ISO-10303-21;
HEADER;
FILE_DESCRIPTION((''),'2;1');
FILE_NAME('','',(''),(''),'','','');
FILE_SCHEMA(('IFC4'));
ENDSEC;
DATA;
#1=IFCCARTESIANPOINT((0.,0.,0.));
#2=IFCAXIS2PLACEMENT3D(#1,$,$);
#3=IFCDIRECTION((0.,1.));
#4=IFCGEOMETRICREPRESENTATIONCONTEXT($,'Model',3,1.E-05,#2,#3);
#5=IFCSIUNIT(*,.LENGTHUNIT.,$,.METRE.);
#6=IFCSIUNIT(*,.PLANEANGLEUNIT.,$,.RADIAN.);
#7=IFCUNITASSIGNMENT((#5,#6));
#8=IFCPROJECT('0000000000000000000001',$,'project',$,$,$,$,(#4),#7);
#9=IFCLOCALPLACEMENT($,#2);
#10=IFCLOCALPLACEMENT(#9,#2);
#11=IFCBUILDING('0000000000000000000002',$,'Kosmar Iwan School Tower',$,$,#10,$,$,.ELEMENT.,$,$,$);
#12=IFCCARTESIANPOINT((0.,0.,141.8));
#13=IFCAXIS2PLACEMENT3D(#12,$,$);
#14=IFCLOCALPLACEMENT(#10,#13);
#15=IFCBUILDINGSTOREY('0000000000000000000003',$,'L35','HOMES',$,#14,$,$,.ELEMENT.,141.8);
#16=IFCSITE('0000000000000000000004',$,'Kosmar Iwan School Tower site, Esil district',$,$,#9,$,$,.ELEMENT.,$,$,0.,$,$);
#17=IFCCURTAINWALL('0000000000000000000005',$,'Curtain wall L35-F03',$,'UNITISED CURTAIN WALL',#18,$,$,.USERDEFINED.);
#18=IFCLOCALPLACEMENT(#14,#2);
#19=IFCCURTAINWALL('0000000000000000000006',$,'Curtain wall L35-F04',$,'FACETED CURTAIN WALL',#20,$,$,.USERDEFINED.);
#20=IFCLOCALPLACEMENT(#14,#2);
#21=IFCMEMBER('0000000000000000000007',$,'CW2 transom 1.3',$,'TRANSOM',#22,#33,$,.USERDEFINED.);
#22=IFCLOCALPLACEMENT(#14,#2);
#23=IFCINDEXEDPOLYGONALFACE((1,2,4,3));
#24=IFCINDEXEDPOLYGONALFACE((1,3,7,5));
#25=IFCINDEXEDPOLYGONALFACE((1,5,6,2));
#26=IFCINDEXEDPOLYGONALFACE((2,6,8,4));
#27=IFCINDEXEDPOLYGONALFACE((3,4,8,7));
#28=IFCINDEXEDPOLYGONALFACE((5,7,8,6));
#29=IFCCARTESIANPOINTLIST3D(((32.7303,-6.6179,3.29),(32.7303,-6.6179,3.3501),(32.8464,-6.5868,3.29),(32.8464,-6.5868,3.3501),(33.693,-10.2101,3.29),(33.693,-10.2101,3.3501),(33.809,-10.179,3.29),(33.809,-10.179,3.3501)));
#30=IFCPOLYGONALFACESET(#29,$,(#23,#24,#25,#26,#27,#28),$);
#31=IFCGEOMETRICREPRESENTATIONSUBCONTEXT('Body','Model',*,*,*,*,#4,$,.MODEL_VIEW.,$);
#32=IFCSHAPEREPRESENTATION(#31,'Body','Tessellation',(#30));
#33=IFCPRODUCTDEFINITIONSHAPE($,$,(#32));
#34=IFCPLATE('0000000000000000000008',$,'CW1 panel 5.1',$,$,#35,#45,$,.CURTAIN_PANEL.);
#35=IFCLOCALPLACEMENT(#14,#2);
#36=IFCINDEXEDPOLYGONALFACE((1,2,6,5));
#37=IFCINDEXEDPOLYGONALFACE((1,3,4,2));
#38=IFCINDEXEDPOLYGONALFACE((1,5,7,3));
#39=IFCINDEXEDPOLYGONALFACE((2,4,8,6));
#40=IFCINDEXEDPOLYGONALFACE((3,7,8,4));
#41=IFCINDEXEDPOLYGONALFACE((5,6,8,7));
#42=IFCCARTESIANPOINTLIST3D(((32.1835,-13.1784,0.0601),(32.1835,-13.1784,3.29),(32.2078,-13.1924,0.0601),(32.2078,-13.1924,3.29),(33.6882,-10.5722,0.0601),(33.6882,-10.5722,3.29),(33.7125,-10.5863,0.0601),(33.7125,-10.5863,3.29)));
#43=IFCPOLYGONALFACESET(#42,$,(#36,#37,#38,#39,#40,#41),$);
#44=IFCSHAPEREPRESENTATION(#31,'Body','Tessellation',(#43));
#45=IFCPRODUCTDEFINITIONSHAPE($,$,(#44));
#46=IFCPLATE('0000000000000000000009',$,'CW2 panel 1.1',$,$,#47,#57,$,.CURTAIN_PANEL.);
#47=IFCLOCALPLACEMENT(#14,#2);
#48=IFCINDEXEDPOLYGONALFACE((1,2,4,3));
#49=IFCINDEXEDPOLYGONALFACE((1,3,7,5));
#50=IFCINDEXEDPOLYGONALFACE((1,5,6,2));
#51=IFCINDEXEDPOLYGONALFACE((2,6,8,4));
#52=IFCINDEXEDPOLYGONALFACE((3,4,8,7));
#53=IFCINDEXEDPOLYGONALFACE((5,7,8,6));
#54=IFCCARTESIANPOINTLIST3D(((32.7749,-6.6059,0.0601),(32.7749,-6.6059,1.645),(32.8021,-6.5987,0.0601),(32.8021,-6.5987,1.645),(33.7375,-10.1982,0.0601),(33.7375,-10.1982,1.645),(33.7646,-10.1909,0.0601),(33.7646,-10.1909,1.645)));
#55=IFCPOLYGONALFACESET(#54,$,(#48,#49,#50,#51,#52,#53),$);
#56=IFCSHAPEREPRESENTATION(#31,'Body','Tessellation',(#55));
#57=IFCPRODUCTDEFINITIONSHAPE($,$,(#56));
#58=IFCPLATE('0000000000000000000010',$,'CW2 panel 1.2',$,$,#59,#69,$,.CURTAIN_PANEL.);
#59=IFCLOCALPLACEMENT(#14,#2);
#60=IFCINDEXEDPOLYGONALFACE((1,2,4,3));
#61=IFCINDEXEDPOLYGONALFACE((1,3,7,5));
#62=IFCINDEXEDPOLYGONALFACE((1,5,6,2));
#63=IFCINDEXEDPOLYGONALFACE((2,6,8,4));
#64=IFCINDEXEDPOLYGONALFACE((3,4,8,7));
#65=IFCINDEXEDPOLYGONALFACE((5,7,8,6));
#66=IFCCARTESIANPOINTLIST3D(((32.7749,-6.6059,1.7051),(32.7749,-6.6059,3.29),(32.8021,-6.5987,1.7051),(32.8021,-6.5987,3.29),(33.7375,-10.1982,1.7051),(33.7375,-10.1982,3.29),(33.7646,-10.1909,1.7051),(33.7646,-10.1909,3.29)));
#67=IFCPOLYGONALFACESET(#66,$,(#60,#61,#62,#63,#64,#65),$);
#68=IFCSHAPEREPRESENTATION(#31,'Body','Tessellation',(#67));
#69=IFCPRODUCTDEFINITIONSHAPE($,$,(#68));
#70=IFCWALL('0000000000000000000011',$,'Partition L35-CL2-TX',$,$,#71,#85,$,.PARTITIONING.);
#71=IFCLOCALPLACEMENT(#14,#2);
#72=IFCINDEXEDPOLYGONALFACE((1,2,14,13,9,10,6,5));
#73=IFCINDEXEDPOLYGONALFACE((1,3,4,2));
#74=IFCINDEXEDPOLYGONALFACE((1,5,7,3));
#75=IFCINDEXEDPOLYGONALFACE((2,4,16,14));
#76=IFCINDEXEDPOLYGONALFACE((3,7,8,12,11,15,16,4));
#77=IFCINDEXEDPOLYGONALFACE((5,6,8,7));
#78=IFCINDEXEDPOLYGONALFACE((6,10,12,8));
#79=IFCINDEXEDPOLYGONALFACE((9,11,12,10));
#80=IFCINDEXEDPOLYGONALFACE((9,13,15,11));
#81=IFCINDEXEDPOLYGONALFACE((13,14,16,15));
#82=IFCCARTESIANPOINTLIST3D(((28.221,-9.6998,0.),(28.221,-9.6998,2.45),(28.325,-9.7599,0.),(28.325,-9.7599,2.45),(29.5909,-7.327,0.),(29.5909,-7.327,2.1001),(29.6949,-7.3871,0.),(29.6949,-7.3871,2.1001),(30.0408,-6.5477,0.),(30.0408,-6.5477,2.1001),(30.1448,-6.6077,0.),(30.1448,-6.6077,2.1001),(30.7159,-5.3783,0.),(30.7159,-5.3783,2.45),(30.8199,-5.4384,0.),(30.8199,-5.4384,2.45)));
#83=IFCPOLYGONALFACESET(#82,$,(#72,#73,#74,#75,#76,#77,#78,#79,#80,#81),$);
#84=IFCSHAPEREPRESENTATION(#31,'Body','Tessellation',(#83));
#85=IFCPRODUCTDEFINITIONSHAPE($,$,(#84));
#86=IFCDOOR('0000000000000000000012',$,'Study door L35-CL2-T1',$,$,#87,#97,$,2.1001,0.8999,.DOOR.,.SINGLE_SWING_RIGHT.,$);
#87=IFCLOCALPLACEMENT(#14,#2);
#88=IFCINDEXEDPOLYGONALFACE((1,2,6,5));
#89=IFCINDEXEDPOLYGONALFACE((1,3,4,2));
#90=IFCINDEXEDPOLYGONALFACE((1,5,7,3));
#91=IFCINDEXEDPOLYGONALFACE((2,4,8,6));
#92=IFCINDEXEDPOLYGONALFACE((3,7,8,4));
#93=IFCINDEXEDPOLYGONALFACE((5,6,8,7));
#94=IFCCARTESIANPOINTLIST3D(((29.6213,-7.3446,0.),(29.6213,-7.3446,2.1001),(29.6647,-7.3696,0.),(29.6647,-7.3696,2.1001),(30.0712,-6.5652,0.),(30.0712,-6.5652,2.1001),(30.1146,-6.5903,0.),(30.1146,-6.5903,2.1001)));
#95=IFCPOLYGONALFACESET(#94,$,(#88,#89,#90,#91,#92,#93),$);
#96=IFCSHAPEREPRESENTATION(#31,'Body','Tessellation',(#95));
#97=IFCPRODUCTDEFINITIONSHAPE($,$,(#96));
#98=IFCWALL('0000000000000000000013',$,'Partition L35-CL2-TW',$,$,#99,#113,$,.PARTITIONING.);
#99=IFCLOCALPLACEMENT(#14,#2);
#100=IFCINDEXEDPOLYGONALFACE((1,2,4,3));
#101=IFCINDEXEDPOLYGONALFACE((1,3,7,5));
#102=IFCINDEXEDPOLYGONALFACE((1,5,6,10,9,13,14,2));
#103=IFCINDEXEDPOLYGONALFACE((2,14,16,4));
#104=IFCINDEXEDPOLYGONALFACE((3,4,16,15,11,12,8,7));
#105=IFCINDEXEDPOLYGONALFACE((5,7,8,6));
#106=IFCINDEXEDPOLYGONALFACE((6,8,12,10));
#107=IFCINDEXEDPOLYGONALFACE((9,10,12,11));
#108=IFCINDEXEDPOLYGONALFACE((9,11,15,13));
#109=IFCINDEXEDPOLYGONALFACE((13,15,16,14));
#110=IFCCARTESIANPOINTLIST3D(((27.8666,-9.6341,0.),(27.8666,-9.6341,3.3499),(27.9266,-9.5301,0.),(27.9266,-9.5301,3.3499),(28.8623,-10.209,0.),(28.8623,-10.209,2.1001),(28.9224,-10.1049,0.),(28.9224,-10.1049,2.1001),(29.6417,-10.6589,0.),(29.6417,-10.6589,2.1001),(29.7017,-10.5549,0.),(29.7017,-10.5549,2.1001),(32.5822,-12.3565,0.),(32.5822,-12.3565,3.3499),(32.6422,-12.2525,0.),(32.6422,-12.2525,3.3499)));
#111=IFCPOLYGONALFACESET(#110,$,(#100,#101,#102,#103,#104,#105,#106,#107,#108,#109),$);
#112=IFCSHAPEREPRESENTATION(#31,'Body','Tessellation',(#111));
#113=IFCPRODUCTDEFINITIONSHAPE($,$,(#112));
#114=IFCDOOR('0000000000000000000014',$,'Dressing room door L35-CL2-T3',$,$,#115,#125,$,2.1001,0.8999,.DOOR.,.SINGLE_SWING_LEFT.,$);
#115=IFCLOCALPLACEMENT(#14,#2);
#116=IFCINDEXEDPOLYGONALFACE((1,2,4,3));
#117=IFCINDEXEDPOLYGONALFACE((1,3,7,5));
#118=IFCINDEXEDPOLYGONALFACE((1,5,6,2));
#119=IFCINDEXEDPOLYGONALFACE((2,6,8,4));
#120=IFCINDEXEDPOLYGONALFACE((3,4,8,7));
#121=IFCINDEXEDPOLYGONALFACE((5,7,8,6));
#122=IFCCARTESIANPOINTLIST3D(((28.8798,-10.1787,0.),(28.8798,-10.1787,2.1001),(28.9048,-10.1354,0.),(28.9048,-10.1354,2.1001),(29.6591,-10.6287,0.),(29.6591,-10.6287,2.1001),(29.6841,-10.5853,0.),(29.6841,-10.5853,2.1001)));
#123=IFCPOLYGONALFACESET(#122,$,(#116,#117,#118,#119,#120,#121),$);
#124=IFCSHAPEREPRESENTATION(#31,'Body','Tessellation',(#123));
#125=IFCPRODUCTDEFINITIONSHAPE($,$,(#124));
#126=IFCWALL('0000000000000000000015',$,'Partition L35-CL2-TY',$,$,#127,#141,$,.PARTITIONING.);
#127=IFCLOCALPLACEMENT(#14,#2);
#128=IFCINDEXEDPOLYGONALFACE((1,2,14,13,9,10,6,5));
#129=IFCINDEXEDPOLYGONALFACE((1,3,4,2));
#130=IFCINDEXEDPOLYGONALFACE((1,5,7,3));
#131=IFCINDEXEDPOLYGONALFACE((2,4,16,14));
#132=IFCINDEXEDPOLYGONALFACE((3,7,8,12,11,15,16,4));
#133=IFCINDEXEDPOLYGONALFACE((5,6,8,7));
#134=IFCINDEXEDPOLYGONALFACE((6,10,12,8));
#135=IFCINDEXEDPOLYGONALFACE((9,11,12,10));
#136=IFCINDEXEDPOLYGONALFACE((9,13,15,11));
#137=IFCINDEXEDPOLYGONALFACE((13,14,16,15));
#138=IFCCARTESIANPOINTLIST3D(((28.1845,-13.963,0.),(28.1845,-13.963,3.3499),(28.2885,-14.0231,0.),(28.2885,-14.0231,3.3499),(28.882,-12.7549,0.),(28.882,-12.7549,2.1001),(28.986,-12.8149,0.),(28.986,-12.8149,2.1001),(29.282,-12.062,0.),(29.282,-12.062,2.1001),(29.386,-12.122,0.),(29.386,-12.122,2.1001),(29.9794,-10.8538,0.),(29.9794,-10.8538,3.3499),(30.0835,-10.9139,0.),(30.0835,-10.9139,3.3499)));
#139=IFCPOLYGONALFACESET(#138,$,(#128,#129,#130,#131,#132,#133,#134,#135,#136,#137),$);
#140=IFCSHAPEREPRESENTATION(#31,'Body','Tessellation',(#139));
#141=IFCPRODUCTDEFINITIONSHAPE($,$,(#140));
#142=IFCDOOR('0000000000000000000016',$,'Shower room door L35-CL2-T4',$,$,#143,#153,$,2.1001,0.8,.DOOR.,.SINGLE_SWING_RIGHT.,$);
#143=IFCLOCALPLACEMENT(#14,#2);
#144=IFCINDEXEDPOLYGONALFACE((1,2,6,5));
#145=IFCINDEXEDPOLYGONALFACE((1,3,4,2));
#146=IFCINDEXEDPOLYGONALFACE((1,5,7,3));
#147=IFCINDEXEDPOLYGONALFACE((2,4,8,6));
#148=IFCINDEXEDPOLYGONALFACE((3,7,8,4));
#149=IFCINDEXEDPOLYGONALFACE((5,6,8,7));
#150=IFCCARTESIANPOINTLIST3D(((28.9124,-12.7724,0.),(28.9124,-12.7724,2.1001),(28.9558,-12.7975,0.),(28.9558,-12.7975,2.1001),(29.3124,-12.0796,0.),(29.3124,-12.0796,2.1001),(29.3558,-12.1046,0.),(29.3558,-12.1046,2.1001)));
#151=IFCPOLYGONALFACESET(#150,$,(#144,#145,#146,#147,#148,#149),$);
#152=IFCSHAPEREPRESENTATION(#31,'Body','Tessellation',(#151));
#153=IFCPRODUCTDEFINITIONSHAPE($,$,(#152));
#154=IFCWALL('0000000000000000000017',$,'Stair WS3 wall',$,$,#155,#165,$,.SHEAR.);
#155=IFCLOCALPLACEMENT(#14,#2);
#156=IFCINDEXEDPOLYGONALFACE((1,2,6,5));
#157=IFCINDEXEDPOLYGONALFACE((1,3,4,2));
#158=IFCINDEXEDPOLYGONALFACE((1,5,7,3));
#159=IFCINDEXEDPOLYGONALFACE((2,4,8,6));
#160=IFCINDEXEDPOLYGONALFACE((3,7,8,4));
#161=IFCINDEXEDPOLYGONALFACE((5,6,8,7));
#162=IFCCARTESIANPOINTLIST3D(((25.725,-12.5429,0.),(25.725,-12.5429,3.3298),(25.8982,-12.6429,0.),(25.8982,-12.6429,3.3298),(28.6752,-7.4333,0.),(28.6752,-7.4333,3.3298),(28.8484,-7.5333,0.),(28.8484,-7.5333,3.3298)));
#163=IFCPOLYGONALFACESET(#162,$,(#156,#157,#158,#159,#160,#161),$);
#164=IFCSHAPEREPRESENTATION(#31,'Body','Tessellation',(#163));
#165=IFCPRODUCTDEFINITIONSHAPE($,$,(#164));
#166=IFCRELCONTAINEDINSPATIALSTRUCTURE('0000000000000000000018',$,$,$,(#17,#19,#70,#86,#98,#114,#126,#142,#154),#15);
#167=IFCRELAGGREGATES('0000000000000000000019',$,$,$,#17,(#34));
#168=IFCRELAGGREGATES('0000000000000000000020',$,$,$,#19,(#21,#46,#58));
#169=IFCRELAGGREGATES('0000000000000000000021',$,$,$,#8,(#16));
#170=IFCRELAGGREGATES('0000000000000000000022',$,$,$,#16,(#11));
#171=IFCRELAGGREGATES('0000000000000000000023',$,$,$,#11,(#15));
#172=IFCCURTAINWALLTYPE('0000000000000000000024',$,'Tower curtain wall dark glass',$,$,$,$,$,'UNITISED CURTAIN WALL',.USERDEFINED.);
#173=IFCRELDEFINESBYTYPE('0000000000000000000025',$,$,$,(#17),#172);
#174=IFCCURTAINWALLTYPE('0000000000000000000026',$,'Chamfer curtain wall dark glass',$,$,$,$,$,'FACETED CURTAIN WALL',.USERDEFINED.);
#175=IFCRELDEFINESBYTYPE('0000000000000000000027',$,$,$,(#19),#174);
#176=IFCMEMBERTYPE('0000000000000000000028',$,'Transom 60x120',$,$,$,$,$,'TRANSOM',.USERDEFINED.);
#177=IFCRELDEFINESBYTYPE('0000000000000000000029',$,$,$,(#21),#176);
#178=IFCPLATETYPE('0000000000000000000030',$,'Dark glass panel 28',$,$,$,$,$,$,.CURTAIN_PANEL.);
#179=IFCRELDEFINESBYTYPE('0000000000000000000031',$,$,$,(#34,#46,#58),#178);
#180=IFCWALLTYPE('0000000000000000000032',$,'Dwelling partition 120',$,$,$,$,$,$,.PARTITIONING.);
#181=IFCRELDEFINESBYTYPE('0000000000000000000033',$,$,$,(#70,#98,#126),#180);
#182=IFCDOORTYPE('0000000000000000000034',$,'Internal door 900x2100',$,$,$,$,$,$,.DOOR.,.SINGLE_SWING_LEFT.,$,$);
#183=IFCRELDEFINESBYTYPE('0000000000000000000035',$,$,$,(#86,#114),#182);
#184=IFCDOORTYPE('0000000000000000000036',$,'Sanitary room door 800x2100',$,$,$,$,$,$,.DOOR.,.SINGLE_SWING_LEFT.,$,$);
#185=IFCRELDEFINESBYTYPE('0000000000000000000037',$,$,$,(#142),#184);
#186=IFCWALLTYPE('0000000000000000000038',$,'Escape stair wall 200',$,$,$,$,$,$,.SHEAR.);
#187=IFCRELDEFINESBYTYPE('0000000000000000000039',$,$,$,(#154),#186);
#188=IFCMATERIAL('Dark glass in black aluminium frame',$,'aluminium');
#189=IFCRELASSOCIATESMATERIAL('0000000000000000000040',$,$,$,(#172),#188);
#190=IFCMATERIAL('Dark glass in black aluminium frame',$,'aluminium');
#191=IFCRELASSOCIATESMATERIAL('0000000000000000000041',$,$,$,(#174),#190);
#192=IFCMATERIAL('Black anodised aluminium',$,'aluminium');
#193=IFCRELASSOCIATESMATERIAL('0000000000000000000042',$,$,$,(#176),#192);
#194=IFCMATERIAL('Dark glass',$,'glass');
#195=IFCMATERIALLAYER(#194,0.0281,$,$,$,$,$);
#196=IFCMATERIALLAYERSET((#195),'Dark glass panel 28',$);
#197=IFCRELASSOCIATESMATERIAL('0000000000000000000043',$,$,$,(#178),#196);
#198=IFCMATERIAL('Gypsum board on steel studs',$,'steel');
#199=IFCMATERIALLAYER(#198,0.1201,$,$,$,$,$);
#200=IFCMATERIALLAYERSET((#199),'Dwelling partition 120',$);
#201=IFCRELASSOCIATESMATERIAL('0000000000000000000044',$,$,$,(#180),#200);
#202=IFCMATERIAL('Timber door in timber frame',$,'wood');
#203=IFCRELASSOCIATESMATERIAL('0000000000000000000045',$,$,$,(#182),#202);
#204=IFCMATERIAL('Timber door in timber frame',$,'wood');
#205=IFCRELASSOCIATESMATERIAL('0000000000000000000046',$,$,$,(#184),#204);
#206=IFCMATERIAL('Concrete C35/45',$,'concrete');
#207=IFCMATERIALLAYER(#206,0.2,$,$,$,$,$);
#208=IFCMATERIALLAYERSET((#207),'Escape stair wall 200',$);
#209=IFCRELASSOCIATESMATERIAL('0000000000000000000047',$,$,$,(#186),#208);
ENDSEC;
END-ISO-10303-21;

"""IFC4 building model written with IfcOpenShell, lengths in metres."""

from ifc_helpers import new_model, si_unit, direction, frame, frame_2d, origin, origin_2d, place, context, subcontext, project, spatial, rectangle, extrude, material, layer, layer_set, material_profile, profile_set, type_object, element, fill, aggregate, save


model = new_model("IFC4")

# Units and contexts
model_context = context("Model", 3, precision=1e-05, world=origin(), true_north=direction((0.0, 1.0)))
body_context = subcontext(model_context, "Body", "Model", "MODEL_VIEW")
ifc_project = project(units=[si_unit("LENGTHUNIT", "METRE"), si_unit("PLANEANGLEUNIT", "RADIAN")], contexts=[model_context])

# Site, building, storey
site_placement = place(None, origin())
site = spatial("IfcSite", under=ifc_project, at=site_placement, Name="Kosmar Iwan School Tower site, Esil district", CompositionType="ELEMENT", RefElevation=0.0)
building_placement = place(site_placement, origin())
building = spatial("IfcBuilding", under=site, at=building_placement, Name="Kosmar Iwan School Tower", CompositionType="ELEMENT")
storey_placement = place(building_placement, frame((0.0, 0.0, 141.8)))
storey = spatial("IfcBuildingStorey", under=building, at=storey_placement, Name="L35", Description="HOMES", CompositionType="ELEMENT", Elevation=141.8)

# Curtain walls
ifc_material_1 = material(Name="Dark glass in black aluminium frame", Category="aluminium")
curtain_wall_type_1 = type_object("IfcCurtainWallType", Name="Tower curtain wall dark glass", ElementType="UNITISED CURTAIN WALL", PredefinedType="USERDEFINED", material=ifc_material_1)
curtain_wall_1_placement = place(storey_placement, origin())
curtain_wall_1 = element("IfcCurtainWall", 1, at=curtain_wall_1_placement, inside=storey, type_object=curtain_wall_type_1, Name="Curtain wall L35-F03", ObjectType="UNITISED CURTAIN WALL", PredefinedType="USERDEFINED")
ifc_material_2 = material(Name="Dark glass in black aluminium frame", Category="aluminium")
curtain_wall_type_2 = type_object("IfcCurtainWallType", Name="Chamfer curtain wall dark glass", ElementType="FACETED CURTAIN WALL", PredefinedType="USERDEFINED", material=ifc_material_2)
curtain_wall_2_placement = place(storey_placement, origin())
curtain_wall_2 = element("IfcCurtainWall", 2, at=curtain_wall_2_placement, inside=storey, type_object=curtain_wall_type_2, Name="Curtain wall L35-F04", ObjectType="FACETED CURTAIN WALL", PredefinedType="USERDEFINED")

# Member
ifc_material_3 = material(Name="Black anodised aluminium", Category="aluminium")
ifc_material_profile_1 = material_profile(ifc_material_3, rectangle(XDim=0.1201, YDim=0.0601, at=origin_2d()), Name="TRANSOM 60x120")
ifc_profile_set_1 = profile_set([ifc_material_profile_1], Name="Black anodised aluminium")
member_type_1 = type_object("IfcMemberType", Name="Transom 60x120", ElementType="TRANSOM", PredefinedType="USERDEFINED", material=ifc_profile_set_1)
member_1_placement = place(storey_placement, frame((33.751, -10.1946, 3.3201), z_axis=(-0.258843, 0.965919, 0.0), x_axis=(-0.965919, -0.258843, 0.0)))
member_1 = element("IfcMember", 3, at=member_1_placement, type_object=member_type_1, Name="CW2 transom 1.3", ObjectType="TRANSOM", PredefinedType="USERDEFINED", context=body_context, shape_type="SweptSolid", body=[
    extrude(rectangle(XDim=0.1201, YDim=0.0601, at=origin_2d()), origin(), (0.0, 0.0, 1.0), 3.719),
])

# Plates
ifc_material_4 = material(Name="Dark glass", Category="glass")
ifc_layer_1 = layer(ifc_material_4, 0.0281)
ifc_layer_set_1 = layer_set([ifc_layer_1], Name="Dark glass panel 28")
plate_type = type_object("IfcPlateType", Name="Dark glass panel 28", PredefinedType="CURTAIN_PANEL", material=ifc_layer_set_1)
plate_1_placement = place(storey_placement, frame((32.948, -11.8823, 0.0601), z_axis=(0.0, 0.0, 1.0), x_axis=(0.5, 0.866025, 0.0)))
plate_1 = element("IfcPlate", 4, at=plate_1_placement, type_object=plate_type, Name="CW1 panel 5.1", PredefinedType="CURTAIN_PANEL", context=body_context, shape_type="SweptSolid", body=[
    extrude(rectangle(XDim=3.0093, YDim=0.0281, at=origin_2d()), origin(), (0.0, 0.0, 1.0), 3.23),
])
aggregate(curtain_wall_1, [plate_1])
plate_2_placement = place(storey_placement, frame((33.2698, -8.3984, 0.0601), z_axis=(0.0, 0.0, 1.0), x_axis=(-0.258819, 0.965926, 0.0)))
plate_2 = element("IfcPlate", 5, at=plate_2_placement, type_object=plate_type, Name="CW2 panel 1.1", PredefinedType="CURTAIN_PANEL", context=body_context, shape_type="SweptSolid", body=[
    extrude(rectangle(XDim=3.719, YDim=0.0281, at=origin_2d()), origin(), (0.0, 0.0, 1.0), 1.585),
])
plate_3_placement = place(storey_placement, frame((33.2698, -8.3984, 1.7051), z_axis=(0.0, 0.0, 1.0), x_axis=(-0.258819, 0.965926, 0.0)))
plate_3 = element("IfcPlate", 6, at=plate_3_placement, type_object=plate_type, Name="CW2 panel 1.2", PredefinedType="CURTAIN_PANEL", context=body_context, shape_type="SweptSolid", body=[
    extrude(rectangle(XDim=3.719, YDim=0.0281, at=origin_2d()), origin(), (0.0, 0.0, 1.0), 1.585),
])
aggregate(curtain_wall_2, [member_1, plate_2, plate_3])

# Walls, openings, doors
ifc_material_5 = material(Name="Gypsum board on steel studs", Category="steel")
ifc_layer_2 = layer(ifc_material_5, 0.1201)
ifc_layer_set_2 = layer_set([ifc_layer_2], Name="Dwelling partition 120")
wall_type_1 = type_object("IfcWallType", Name="Dwelling partition 120", PredefinedType="PARTITIONING", material=ifc_layer_set_2)
wall_1_placement = place(storey_placement, frame((28.2729, -9.73, 0.0), z_axis=(0.0, 0.0, 1.0), x_axis=(0.499975, 0.86604, 0.0)))
wall_1 = element("IfcWall", 7, at=wall_1_placement, inside=storey, type_object=wall_type_1, Name="Partition L35-CL2-TX", PredefinedType="PARTITIONING", context=body_context, shape_type="SweptSolid", body=[
    extrude(rectangle(XDim=4.99, YDim=0.1201, at=frame_2d((2.4951, 0.0))), origin(), (0.0, 0.0, 1.0), 2.45),
])
opening_1_placement = place(wall_1_placement, frame((2.74, 0.0, 0.0)))
opening_1 = element("IfcOpeningElement", 8, at=opening_1_placement, cuts=wall_1, PredefinedType="OPENING", context=body_context, shape_type="SweptSolid", body=[
    extrude(rectangle(XDim=0.8999, YDim=2.1001, at=frame_2d((0.45, 1.05))), frame((0.0, 0.072, 0.0), z_axis=(0.0, -1.0, 0.0), x_axis=(1.0, 0.0, 0.0)), (0.0, 0.0, 1.0), 0.144),
])
ifc_material_6 = material(Name="Timber door in timber frame", Category="wood")
door_type_1 = type_object("IfcDoorType", Name="Internal door 900x2100", OperationType="SINGLE_SWING_LEFT", PredefinedType="DOOR", material=ifc_material_6)
door_1_placement = place(opening_1_placement, origin())
door_1 = element("IfcDoor", 9, at=door_1_placement, inside=storey, type_object=door_type_1, Name="Study door L35-CL2-T1", OperationType="SINGLE_SWING_RIGHT", OverallHeight=2.1001, OverallWidth=0.8999, PredefinedType="DOOR", context=body_context, shape_type="SweptSolid", body=[
    extrude(rectangle(XDim=0.8999, YDim=2.1001, at=frame_2d((0.45, 1.05))), frame((0.0, 0.0249, 0.0), z_axis=(0.0, -1.0, 0.0), x_axis=(1.0, 0.0, 0.0)), (0.0, 0.0, 1.0), 0.05),
])
fill(opening_1, door_1)
wall_2_placement = place(storey_placement, frame((27.8965, -9.582, 0.0), z_axis=(0.0, 0.0, 1.0), x_axis=(0.866036, -0.499982, 0.0)))
wall_2 = element("IfcWall", 10, at=wall_2_placement, inside=storey, type_object=wall_type_1, Name="Partition L35-CL2-TW", PredefinedType="PARTITIONING", context=body_context, shape_type="SweptSolid", body=[
    extrude(rectangle(XDim=5.4451, YDim=0.1201, at=frame_2d((2.7227, 0.0))), origin(), (0.0, 0.0, 1.0), 3.3499),
])
opening_2_placement = place(wall_2_placement, frame((1.1499, 0.0, 0.0)))
opening_2 = element("IfcOpeningElement", 11, at=opening_2_placement, cuts=wall_2, PredefinedType="OPENING", context=body_context, shape_type="SweptSolid", body=[
    extrude(rectangle(XDim=0.8999, YDim=2.1001, at=frame_2d((0.45, 1.05))), frame((0.0, 0.072, 0.0), z_axis=(0.0, -1.0, 0.0), x_axis=(1.0, 0.0, 0.0)), (0.0, 0.0, 1.0), 0.144),
])
door_2_placement = place(opening_2_placement, origin())
door_2 = element("IfcDoor", 12, at=door_2_placement, inside=storey, type_object=door_type_1, Name="Dressing room door L35-CL2-T3", OperationType="SINGLE_SWING_LEFT", OverallHeight=2.1001, OverallWidth=0.8999, PredefinedType="DOOR", context=body_context, shape_type="SweptSolid", body=[
    extrude(rectangle(XDim=0.8999, YDim=2.1001, at=frame_2d((0.45, 1.05))), frame((0.0, 0.0249, 0.0), z_axis=(0.0, -1.0, 0.0), x_axis=(1.0, 0.0, 0.0)), (0.0, 0.0, 1.0), 0.05),
])
fill(opening_2, door_2)
wall_3_placement = place(storey_placement, frame((28.2366, -13.9929, 0.0), z_axis=(0.0, 0.0, 1.0), x_axis=(0.499972, 0.866042, 0.0)))
wall_3 = element("IfcWall", 13, at=wall_3_placement, inside=storey, type_object=wall_type_1, Name="Partition L35-CL2-TY", PredefinedType="PARTITIONING", context=body_context, shape_type="SweptSolid", body=[
    extrude(rectangle(XDim=3.5901, YDim=0.1201, at=frame_2d((1.7949, 0.0))), origin(), (0.0, 0.0, 1.0), 3.3499),
])
opening_3_placement = place(wall_3_placement, frame((1.395, 0.0, 0.0)))
opening_3 = element("IfcOpeningElement", 14, at=opening_3_placement, cuts=wall_3, PredefinedType="OPENING", context=body_context, shape_type="SweptSolid", body=[
    extrude(rectangle(XDim=0.8, YDim=2.1001, at=frame_2d((0.3999, 1.05))), frame((0.0, 0.072, 0.0), z_axis=(0.0, -1.0, 0.0), x_axis=(1.0, 0.0, 0.0)), (0.0, 0.0, 1.0), 0.144),
])
ifc_material_7 = material(Name="Timber door in timber frame", Category="wood")
door_type_2 = type_object("IfcDoorType", Name="Sanitary room door 800x2100", OperationType="SINGLE_SWING_LEFT", PredefinedType="DOOR", material=ifc_material_7)
door_3_placement = place(opening_3_placement, origin())
door_3 = element("IfcDoor", 15, at=door_3_placement, inside=storey, type_object=door_type_2, Name="Shower room door L35-CL2-T4", OperationType="SINGLE_SWING_RIGHT", OverallHeight=2.1001, OverallWidth=0.8, PredefinedType="DOOR", context=body_context, shape_type="SweptSolid", body=[
    extrude(rectangle(XDim=0.8, YDim=2.1001, at=frame_2d((0.3999, 1.05))), frame((0.0, 0.0249, 0.0), z_axis=(0.0, -1.0, 0.0), x_axis=(1.0, 0.0, 0.0)), (0.0, 0.0, 1.0), 0.05),
])
fill(opening_3, door_3)

# Wall
ifc_material_8 = material(Name="Concrete C35/45", Category="concrete")
ifc_layer_3 = layer(ifc_material_8, 0.2)
ifc_layer_set_3 = layer_set([ifc_layer_3], Name="Escape stair wall 200")
wall_type_2 = type_object("IfcWallType", Name="Escape stair wall 200", PredefinedType="SHEAR", material=ifc_layer_set_3)
wall_4_placement = place(storey_placement, frame((25.8115, -12.593, 0.0), z_axis=(0.0, 0.0, 1.0), x_axis=(0.50002, 0.866014, 0.0)))
element("IfcWall", 16, at=wall_4_placement, inside=storey, type_object=wall_type_2, Name="Stair WS3 wall", PredefinedType="SHEAR", context=body_context, shape_type="SweptSolid", body=[
    extrude(rectangle(XDim=5.9001, YDim=0.2, at=frame_2d((2.9502, 0.0))), origin(), (0.0, 0.0, 1.0), 3.3298),
])

save(model, "model.ifc")
